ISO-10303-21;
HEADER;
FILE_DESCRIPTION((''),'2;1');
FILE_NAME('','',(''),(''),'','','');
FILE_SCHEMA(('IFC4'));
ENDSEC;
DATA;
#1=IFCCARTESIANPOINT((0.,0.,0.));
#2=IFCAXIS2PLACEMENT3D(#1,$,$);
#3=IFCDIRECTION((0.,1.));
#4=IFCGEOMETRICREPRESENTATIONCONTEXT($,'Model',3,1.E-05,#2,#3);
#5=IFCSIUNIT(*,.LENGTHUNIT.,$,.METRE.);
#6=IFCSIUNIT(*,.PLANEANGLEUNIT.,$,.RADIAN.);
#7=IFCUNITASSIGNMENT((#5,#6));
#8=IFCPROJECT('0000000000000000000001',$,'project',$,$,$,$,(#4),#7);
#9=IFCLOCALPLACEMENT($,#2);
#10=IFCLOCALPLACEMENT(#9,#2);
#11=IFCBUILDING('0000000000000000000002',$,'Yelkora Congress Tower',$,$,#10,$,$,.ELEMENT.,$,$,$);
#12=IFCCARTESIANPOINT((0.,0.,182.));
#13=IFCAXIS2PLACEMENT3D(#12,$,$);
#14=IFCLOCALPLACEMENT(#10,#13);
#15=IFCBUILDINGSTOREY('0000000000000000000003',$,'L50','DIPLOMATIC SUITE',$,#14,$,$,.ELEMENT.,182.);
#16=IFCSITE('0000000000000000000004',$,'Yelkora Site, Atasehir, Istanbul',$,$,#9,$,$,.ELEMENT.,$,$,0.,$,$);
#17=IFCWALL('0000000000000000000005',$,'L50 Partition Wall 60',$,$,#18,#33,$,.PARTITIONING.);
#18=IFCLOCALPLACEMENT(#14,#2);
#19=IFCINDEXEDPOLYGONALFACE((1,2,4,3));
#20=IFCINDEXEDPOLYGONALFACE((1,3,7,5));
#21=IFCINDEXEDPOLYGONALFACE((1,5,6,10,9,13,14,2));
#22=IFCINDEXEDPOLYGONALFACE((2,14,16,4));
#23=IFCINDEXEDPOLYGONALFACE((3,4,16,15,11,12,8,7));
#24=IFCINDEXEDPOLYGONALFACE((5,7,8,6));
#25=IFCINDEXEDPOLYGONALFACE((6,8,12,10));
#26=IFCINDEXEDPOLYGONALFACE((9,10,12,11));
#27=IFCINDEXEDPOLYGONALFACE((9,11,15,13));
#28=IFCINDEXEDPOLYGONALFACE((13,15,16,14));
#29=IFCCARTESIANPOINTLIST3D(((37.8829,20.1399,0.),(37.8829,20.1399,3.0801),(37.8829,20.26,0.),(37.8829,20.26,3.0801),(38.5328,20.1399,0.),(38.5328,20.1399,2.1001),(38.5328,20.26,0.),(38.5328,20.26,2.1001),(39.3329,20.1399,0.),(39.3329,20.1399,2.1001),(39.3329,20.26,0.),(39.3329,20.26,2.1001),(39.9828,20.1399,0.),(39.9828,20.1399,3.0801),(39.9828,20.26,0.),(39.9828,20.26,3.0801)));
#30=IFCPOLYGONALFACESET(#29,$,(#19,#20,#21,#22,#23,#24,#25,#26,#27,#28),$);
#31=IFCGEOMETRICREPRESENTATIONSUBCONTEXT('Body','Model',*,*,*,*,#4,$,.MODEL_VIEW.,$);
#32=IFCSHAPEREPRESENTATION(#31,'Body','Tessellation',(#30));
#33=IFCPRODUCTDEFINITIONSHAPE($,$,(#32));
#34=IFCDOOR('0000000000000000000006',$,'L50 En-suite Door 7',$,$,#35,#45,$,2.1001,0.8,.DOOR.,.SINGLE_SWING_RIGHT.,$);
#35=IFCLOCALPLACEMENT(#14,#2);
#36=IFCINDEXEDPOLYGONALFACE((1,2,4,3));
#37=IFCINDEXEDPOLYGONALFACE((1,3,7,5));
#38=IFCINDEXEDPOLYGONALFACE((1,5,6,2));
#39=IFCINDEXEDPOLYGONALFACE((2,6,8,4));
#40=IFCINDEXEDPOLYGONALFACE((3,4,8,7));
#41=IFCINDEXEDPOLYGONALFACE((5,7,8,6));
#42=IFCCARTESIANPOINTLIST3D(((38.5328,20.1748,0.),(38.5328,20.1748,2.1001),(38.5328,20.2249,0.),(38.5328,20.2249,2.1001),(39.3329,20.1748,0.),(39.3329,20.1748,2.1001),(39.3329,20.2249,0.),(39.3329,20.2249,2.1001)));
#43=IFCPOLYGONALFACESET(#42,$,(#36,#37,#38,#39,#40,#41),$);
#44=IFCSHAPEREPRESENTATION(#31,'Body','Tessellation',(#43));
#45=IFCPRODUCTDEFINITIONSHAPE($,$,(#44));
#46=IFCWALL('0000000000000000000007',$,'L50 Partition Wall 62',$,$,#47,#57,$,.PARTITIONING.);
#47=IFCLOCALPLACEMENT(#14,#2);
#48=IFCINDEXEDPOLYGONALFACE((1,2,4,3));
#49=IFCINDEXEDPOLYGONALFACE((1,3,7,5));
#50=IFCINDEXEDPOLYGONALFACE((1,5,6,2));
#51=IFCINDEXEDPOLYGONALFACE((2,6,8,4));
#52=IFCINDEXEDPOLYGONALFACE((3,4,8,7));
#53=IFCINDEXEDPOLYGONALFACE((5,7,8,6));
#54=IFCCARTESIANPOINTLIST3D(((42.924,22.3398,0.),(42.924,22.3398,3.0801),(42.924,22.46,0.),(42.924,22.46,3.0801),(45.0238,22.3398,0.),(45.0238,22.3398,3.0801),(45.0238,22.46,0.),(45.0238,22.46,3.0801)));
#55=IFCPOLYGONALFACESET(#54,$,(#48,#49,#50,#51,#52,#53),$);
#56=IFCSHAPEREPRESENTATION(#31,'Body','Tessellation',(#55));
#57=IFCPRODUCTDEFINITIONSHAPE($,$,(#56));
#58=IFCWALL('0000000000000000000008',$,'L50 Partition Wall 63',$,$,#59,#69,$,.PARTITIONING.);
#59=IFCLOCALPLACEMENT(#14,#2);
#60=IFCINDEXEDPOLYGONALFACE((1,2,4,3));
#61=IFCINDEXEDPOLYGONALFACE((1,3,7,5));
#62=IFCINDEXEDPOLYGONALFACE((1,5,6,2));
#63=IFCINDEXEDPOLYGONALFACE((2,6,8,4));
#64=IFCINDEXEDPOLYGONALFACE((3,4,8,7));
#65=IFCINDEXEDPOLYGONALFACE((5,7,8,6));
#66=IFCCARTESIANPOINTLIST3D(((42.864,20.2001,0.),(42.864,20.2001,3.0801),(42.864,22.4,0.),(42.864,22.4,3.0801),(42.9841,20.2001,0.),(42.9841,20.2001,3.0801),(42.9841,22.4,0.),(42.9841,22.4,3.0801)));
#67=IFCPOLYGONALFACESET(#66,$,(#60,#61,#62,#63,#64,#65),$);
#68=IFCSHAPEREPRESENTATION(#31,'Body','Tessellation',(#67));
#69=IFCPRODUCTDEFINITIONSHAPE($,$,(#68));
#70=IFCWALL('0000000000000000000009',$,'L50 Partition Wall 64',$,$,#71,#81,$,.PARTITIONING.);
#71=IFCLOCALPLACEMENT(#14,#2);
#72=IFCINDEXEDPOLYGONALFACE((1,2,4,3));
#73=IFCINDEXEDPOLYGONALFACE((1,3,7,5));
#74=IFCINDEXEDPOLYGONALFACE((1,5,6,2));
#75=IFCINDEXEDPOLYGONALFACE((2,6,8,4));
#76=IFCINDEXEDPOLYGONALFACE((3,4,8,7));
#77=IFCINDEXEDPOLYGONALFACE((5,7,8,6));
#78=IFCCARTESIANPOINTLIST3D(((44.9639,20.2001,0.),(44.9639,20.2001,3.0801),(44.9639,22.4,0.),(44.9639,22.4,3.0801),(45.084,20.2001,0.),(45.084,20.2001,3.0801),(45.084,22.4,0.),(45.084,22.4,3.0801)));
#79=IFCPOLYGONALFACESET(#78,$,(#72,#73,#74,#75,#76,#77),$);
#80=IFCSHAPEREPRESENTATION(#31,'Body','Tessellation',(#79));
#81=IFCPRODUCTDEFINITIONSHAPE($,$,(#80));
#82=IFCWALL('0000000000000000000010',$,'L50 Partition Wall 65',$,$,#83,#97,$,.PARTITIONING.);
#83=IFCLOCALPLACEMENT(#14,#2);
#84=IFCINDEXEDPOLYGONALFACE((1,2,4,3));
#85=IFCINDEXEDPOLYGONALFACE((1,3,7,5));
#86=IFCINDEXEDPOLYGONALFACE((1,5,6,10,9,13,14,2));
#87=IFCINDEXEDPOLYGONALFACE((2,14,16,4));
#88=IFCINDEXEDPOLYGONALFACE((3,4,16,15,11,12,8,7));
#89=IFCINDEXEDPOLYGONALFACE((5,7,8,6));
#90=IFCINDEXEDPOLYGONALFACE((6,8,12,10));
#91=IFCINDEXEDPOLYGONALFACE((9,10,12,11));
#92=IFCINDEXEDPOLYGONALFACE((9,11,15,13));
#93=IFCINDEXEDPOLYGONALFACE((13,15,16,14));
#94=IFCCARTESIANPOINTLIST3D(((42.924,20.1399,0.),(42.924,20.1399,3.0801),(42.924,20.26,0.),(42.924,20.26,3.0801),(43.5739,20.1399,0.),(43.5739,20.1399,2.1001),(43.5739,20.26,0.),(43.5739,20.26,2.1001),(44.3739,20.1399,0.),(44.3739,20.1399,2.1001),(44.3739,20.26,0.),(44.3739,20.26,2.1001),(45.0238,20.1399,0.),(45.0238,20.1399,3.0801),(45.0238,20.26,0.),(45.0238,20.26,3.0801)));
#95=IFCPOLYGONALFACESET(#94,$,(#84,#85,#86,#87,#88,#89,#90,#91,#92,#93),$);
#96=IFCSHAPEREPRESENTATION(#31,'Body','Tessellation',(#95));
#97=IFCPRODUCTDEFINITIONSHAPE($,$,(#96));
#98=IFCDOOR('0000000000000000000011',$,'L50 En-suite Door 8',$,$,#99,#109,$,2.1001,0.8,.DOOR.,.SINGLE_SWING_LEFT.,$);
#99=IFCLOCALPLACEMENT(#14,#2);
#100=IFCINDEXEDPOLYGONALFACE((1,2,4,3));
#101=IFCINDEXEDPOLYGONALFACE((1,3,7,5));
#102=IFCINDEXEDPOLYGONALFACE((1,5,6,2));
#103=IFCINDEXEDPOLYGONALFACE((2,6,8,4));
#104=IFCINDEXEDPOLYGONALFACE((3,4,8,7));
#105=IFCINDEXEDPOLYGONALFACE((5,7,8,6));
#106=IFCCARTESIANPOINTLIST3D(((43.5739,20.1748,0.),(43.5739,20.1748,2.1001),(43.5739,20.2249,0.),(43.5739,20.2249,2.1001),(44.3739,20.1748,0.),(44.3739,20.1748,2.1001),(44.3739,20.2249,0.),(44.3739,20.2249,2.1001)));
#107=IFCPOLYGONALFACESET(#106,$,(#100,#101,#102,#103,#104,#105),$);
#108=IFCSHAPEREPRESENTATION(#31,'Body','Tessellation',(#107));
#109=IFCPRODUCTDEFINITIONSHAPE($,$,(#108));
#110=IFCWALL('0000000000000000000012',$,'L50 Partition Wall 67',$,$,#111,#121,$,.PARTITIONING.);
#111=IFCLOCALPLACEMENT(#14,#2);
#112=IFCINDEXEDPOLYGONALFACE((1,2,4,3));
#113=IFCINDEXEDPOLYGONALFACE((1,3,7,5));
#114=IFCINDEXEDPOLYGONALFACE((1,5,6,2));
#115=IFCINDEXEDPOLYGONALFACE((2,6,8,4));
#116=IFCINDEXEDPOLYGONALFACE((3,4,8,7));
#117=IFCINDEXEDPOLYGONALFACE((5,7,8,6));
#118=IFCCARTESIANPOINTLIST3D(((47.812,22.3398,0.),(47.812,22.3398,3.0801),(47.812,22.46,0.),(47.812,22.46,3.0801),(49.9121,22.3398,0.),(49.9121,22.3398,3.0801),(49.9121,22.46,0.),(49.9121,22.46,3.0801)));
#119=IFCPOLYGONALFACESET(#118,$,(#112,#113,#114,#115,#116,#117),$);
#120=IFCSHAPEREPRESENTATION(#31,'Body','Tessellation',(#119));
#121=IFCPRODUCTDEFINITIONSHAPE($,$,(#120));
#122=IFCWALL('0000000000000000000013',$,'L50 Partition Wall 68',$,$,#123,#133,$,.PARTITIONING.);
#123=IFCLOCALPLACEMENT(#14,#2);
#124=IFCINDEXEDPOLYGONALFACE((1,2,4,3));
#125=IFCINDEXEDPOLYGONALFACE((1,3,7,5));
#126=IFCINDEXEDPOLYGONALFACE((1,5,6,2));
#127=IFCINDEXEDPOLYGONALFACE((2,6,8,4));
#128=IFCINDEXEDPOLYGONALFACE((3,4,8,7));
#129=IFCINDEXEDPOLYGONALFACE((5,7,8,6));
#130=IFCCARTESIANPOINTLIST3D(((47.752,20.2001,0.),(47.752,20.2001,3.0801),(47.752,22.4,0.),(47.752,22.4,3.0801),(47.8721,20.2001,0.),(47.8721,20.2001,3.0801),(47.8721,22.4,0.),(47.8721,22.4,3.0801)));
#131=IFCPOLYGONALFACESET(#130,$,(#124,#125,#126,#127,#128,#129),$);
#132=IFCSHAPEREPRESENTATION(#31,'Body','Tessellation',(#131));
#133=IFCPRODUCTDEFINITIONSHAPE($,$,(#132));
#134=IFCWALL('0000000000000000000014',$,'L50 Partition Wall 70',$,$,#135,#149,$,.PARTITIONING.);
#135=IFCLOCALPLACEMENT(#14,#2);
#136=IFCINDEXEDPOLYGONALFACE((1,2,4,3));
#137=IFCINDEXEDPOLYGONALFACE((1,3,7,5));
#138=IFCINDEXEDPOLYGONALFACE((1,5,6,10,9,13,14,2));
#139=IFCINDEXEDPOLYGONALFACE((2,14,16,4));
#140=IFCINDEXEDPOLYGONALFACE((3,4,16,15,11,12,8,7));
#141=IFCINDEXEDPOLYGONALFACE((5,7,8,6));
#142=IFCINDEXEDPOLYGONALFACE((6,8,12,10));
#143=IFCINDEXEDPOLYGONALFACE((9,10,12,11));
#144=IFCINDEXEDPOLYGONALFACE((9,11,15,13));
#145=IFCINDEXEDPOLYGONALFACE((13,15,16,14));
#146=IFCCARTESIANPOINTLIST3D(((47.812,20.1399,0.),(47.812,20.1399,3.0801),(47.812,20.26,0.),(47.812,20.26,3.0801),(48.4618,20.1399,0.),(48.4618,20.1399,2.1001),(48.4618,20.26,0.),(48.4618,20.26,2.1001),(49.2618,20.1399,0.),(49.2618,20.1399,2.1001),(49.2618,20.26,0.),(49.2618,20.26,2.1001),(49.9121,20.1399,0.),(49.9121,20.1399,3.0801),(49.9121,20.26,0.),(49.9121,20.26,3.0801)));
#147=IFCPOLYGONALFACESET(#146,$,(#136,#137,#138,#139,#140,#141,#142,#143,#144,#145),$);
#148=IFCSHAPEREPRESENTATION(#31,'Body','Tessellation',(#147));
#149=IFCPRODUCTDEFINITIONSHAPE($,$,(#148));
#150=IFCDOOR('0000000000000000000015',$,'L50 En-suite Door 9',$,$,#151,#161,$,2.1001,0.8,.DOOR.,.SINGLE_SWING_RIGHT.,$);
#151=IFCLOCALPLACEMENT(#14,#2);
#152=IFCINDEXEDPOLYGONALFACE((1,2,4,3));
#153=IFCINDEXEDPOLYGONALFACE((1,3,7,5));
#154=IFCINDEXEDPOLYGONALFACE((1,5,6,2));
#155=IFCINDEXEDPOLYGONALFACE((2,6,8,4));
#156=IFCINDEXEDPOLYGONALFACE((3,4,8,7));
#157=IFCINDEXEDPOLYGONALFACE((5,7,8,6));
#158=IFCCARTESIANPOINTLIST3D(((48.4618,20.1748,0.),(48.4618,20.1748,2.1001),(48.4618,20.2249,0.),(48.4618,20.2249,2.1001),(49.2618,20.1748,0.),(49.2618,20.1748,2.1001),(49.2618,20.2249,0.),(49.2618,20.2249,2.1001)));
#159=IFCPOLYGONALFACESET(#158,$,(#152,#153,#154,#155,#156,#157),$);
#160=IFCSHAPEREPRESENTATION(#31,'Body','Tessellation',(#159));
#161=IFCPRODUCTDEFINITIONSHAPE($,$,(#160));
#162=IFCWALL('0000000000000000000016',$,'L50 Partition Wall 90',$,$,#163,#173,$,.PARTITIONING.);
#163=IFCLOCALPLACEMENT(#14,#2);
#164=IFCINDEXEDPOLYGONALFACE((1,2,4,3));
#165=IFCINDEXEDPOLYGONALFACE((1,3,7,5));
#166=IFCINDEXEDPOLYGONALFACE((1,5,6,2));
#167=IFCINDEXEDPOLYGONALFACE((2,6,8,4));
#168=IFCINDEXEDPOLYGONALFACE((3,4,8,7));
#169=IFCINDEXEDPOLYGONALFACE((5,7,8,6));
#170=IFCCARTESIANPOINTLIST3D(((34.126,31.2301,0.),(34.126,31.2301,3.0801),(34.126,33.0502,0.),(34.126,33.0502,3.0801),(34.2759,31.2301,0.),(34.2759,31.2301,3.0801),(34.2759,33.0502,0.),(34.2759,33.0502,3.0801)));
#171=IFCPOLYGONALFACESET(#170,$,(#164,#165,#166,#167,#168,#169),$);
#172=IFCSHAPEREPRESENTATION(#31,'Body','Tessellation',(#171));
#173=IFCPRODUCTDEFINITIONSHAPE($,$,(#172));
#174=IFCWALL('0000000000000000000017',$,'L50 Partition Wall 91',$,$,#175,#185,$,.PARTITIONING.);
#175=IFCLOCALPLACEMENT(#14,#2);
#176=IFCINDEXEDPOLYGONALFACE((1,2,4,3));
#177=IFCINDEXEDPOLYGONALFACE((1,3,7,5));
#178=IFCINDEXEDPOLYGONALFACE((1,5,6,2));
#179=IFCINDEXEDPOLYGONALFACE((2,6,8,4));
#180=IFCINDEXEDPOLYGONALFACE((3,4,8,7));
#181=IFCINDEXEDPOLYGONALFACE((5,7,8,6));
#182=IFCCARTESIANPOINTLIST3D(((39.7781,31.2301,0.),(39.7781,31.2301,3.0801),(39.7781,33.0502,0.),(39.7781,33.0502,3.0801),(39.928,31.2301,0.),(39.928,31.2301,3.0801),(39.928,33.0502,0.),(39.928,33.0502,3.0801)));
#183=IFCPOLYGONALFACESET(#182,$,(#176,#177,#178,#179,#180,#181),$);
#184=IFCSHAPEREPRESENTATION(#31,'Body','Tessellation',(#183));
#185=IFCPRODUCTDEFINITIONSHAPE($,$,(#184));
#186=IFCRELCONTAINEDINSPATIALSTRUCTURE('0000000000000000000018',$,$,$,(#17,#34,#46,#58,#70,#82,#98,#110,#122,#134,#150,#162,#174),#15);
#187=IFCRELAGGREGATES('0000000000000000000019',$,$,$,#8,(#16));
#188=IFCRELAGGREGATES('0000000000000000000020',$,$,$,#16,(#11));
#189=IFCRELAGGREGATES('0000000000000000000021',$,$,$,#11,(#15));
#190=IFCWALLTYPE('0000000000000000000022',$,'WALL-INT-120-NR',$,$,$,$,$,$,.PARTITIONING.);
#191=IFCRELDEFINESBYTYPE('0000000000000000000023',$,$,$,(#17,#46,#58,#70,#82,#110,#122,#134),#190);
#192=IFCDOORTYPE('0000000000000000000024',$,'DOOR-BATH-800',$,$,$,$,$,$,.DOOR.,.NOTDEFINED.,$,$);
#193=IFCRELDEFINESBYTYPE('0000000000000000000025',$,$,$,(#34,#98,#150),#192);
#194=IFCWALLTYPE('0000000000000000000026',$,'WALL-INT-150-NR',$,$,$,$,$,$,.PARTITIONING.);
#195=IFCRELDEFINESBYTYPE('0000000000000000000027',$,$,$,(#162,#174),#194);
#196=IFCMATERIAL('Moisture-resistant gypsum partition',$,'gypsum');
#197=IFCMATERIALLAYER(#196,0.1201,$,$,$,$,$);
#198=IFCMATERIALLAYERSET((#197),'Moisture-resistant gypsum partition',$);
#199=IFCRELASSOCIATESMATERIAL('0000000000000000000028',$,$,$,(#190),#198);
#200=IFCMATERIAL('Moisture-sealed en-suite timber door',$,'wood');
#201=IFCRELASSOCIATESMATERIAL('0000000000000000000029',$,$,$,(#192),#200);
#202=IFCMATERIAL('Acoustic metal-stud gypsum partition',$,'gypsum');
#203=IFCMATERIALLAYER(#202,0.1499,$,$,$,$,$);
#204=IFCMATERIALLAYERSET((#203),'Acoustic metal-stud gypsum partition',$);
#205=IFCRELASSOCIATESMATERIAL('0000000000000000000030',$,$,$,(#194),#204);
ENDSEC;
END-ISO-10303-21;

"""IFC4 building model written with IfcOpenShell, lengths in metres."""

from ifc_helpers import new_model, si_unit, direction, frame, frame_2d, origin, place, context, subcontext, project, spatial, rectangle, extrude, material, layer, layer_set, type_object, element, fill, save


model = new_model("IFC4")

# Units and contexts
model_context = context("Model", 3, precision=1e-05, world=origin(), true_north=direction((0.0, 1.0)))
body_context = subcontext(model_context, "Body", "Model", "MODEL_VIEW")
ifc_project = project(units=[si_unit("LENGTHUNIT", "METRE"), si_unit("PLANEANGLEUNIT", "RADIAN")], contexts=[model_context])

# Site, building, storey
site_placement = place(None, origin())
site = spatial("IfcSite", under=ifc_project, at=site_placement, Name="Yelkora Site, Atasehir, Istanbul", CompositionType="ELEMENT", RefElevation=0.0)
building_placement = place(site_placement, origin())
building = spatial("IfcBuilding", under=site, at=building_placement, Name="Yelkora Congress Tower", CompositionType="ELEMENT")
storey_placement = place(building_placement, frame((0.0, 0.0, 182.0)))
storey = spatial("IfcBuildingStorey", under=building, at=storey_placement, Name="L50", Description="DIPLOMATIC SUITE", CompositionType="ELEMENT", Elevation=182.0)

# Shared definitions
ifc_material_1 = material(Name="Moisture-resistant gypsum partition", Category="gypsum")
ifc_layer_1 = layer(ifc_material_1, 0.1201)
ifc_layer_set_1 = layer_set([ifc_layer_1], Name="Moisture-resistant gypsum partition")
wall_type_1 = type_object("IfcWallType", Name="WALL-INT-120-NR", PredefinedType="PARTITIONING", material=ifc_layer_set_1)

# Shared definitions
ifc_material_2 = material(Name="Moisture-sealed en-suite timber door", Category="wood")
door_type = type_object("IfcDoorType", Name="DOOR-BATH-800", OperationType="NOTDEFINED", PredefinedType="DOOR", material=ifc_material_2)

# Wall, opening, door
wall_1_placement = place(storey_placement, frame((37.8831, 20.2, 0.0), z_axis=(0.0, 0.0, 1.0), x_axis=(1.0, 0.0, 0.0)))
wall_1 = element("IfcWall", 1, at=wall_1_placement, inside=storey, type_object=wall_type_1, Name="L50 Partition Wall 60", PredefinedType="PARTITIONING", context=body_context, shape_type="SweptSolid", body=[
    extrude(rectangle(XDim=2.0999, YDim=0.1201, at=frame_2d((1.0498, 0.0))), origin(), (0.0, 0.0, 1.0), 3.0801),
])
opening_1_placement = place(wall_1_placement, frame((0.6499, 0.0, 0.0)))
opening_1 = element("IfcOpeningElement", 2, at=opening_1_placement, cuts=wall_1, PredefinedType="OPENING", context=body_context, shape_type="SweptSolid", body=[
    extrude(rectangle(XDim=0.8, YDim=2.1001, at=frame_2d((0.3999, 1.05))), frame((0.0, 0.0701, 0.0), z_axis=(0.0, -1.0, 0.0), x_axis=(1.0, 0.0, 0.0)), (0.0, 0.0, 1.0), 0.1401),
])
door_1_placement = place(opening_1_placement, origin())
door_1 = element("IfcDoor", 3, at=door_1_placement, inside=storey, type_object=door_type, Name="L50 En-suite Door 7", OperationType="SINGLE_SWING_RIGHT", OverallHeight=2.1001, OverallWidth=0.8, PredefinedType="DOOR", context=body_context, shape_type="SweptSolid", body=[
    extrude(rectangle(XDim=0.8, YDim=2.1001, at=frame_2d((0.3999, 1.05))), frame((0.0, 0.0249, 0.0), z_axis=(0.0, -1.0, 0.0), x_axis=(1.0, 0.0, 0.0)), (0.0, 0.0, 1.0), 0.05),
])
fill(opening_1, door_1)

# Walls
wall_2_placement = place(storey_placement, frame((42.9241, 22.3999, 0.0), z_axis=(0.0, 0.0, 1.0), x_axis=(1.0, 0.0, 0.0)))
element("IfcWall", 4, at=wall_2_placement, inside=storey, type_object=wall_type_1, Name="L50 Partition Wall 62", PredefinedType="PARTITIONING", context=body_context, shape_type="SweptSolid", body=[
    extrude(rectangle(XDim=2.0999, YDim=0.1201, at=frame_2d((1.0498, 0.0))), origin(), (0.0, 0.0, 1.0), 3.0801),
])
for number, where, z_axis, x_axis, name in (
    (5, (42.9241, 20.2, 0.0), (0.0, 0.0, 1.0), (0.0, 1.0, 0.0), "L50 Partition Wall 63"),
    (6, (45.0239, 20.2, 0.0), (0.0, 0.0, 1.0), (0.0, 1.0, 0.0), "L50 Partition Wall 64"),
):
    element("IfcWall", number, at=place(storey_placement, frame(where, z_axis=z_axis, x_axis=x_axis)), inside=storey, type_object=wall_type_1, Name=name, PredefinedType="PARTITIONING", context=body_context, shape_type="SweptSolid", body=[
        extrude(rectangle(XDim=2.2, YDim=0.1201, at=frame_2d((1.1001, 0.0))), origin(), (0.0, 0.0, 1.0), 3.0801),
    ])

# Wall, opening, door
wall_3_placement = place(storey_placement, frame((42.9241, 20.2, 0.0), z_axis=(0.0, 0.0, 1.0), x_axis=(1.0, 0.0, 0.0)))
wall_3 = element("IfcWall", 7, at=wall_3_placement, inside=storey, type_object=wall_type_1, Name="L50 Partition Wall 65", PredefinedType="PARTITIONING", context=body_context, shape_type="SweptSolid", body=[
    extrude(rectangle(XDim=2.0999, YDim=0.1201, at=frame_2d((1.0498, 0.0))), origin(), (0.0, 0.0, 1.0), 3.0801),
])
opening_2_placement = place(wall_3_placement, frame((0.6499, 0.0, 0.0)))
opening_2 = element("IfcOpeningElement", 8, at=opening_2_placement, cuts=wall_3, PredefinedType="OPENING", context=body_context, shape_type="SweptSolid", body=[
    extrude(rectangle(XDim=0.8, YDim=2.1001, at=frame_2d((0.3999, 1.05))), frame((0.0, 0.0701, 0.0), z_axis=(0.0, -1.0, 0.0), x_axis=(1.0, 0.0, 0.0)), (0.0, 0.0, 1.0), 0.1401),
])
door_2_placement = place(opening_2_placement, origin())
door_2 = element("IfcDoor", 9, at=door_2_placement, inside=storey, type_object=door_type, Name="L50 En-suite Door 8", OperationType="SINGLE_SWING_LEFT", OverallHeight=2.1001, OverallWidth=0.8, PredefinedType="DOOR", context=body_context, shape_type="SweptSolid", body=[
    extrude(rectangle(XDim=0.8, YDim=2.1001, at=frame_2d((0.3999, 1.05))), frame((0.0, 0.0249, 0.0), z_axis=(0.0, -1.0, 0.0), x_axis=(1.0, 0.0, 0.0)), (0.0, 0.0, 1.0), 0.05),
])
fill(opening_2, door_2)

# Walls
wall_4_placement = place(storey_placement, frame((47.812, 22.3999, 0.0), z_axis=(0.0, 0.0, 1.0), x_axis=(1.0, 0.0, 0.0)))
element("IfcWall", 10, at=wall_4_placement, inside=storey, type_object=wall_type_1, Name="L50 Partition Wall 67", PredefinedType="PARTITIONING", context=body_context, shape_type="SweptSolid", body=[
    extrude(rectangle(XDim=2.1001, YDim=0.1201, at=frame_2d((1.05, 0.0))), origin(), (0.0, 0.0, 1.0), 3.0801),
])
wall_5_placement = place(storey_placement, frame((47.812, 20.2, 0.0), z_axis=(0.0, 0.0, 1.0), x_axis=(0.0, 1.0, 0.0)))
element("IfcWall", 11, at=wall_5_placement, inside=storey, type_object=wall_type_1, Name="L50 Partition Wall 68", PredefinedType="PARTITIONING", context=body_context, shape_type="SweptSolid", body=[
    extrude(rectangle(XDim=2.2, YDim=0.1201, at=frame_2d((1.1001, 0.0))), origin(), (0.0, 0.0, 1.0), 3.0801),
])

# Wall, opening, door
wall_6_placement = place(storey_placement, frame((47.812, 20.2, 0.0), z_axis=(0.0, 0.0, 1.0), x_axis=(1.0, 0.0, 0.0)))
wall_6 = element("IfcWall", 12, at=wall_6_placement, inside=storey, type_object=wall_type_1, Name="L50 Partition Wall 70", PredefinedType="PARTITIONING", context=body_context, shape_type="SweptSolid", body=[
    extrude(rectangle(XDim=2.1001, YDim=0.1201, at=frame_2d((1.05, 0.0))), origin(), (0.0, 0.0, 1.0), 3.0801),
])
opening_3_placement = place(wall_6_placement, frame((0.6499, 0.0, 0.0)))
opening_3 = element("IfcOpeningElement", 13, at=opening_3_placement, cuts=wall_6, PredefinedType="OPENING", context=body_context, shape_type="SweptSolid", body=[
    extrude(rectangle(XDim=0.8, YDim=2.1001, at=frame_2d((0.3999, 1.05))), frame((0.0, 0.0701, 0.0), z_axis=(0.0, -1.0, 0.0), x_axis=(1.0, 0.0, 0.0)), (0.0, 0.0, 1.0), 0.1401),
])
door_3_placement = place(opening_3_placement, origin())
door_3 = element("IfcDoor", 14, at=door_3_placement, inside=storey, type_object=door_type, Name="L50 En-suite Door 9", OperationType="SINGLE_SWING_RIGHT", OverallHeight=2.1001, OverallWidth=0.8, PredefinedType="DOOR", context=body_context, shape_type="SweptSolid", body=[
    extrude(rectangle(XDim=0.8, YDim=2.1001, at=frame_2d((0.3999, 1.05))), frame((0.0, 0.0249, 0.0), z_axis=(0.0, -1.0, 0.0), x_axis=(1.0, 0.0, 0.0)), (0.0, 0.0, 1.0), 0.05),
])
fill(opening_3, door_3)

# Walls
ifc_material_3 = material(Name="Acoustic metal-stud gypsum partition", Category="gypsum")
ifc_layer_2 = layer(ifc_material_3, 0.1499)
ifc_layer_set_2 = layer_set([ifc_layer_2], Name="Acoustic metal-stud gypsum partition")
wall_type_2 = type_object("IfcWallType", Name="WALL-INT-150-NR", PredefinedType="PARTITIONING", material=ifc_layer_set_2)
for number, where, z_axis, x_axis, name in (
    (15, (34.2009, 31.23, 0.0), (0.0, 0.0, 1.0), (0.0, 1.0, 0.0), "L50 Partition Wall 90"),
    (16, (39.853, 31.23, 0.0), (0.0, 0.0, 1.0), (0.0, 1.0, 0.0), "L50 Partition Wall 91"),
):
    element("IfcWall", number, at=place(storey_placement, frame(where, z_axis=z_axis, x_axis=x_axis)), inside=storey, type_object=wall_type_2, Name=name, PredefinedType="PARTITIONING", context=body_context, shape_type="SweptSolid", body=[
        extrude(rectangle(XDim=1.8201, YDim=0.1499, at=frame_2d((0.9102, 0.0))), origin(), (0.0, 0.0, 1.0), 3.0801),
    ])

save(model, "model.ifc")
